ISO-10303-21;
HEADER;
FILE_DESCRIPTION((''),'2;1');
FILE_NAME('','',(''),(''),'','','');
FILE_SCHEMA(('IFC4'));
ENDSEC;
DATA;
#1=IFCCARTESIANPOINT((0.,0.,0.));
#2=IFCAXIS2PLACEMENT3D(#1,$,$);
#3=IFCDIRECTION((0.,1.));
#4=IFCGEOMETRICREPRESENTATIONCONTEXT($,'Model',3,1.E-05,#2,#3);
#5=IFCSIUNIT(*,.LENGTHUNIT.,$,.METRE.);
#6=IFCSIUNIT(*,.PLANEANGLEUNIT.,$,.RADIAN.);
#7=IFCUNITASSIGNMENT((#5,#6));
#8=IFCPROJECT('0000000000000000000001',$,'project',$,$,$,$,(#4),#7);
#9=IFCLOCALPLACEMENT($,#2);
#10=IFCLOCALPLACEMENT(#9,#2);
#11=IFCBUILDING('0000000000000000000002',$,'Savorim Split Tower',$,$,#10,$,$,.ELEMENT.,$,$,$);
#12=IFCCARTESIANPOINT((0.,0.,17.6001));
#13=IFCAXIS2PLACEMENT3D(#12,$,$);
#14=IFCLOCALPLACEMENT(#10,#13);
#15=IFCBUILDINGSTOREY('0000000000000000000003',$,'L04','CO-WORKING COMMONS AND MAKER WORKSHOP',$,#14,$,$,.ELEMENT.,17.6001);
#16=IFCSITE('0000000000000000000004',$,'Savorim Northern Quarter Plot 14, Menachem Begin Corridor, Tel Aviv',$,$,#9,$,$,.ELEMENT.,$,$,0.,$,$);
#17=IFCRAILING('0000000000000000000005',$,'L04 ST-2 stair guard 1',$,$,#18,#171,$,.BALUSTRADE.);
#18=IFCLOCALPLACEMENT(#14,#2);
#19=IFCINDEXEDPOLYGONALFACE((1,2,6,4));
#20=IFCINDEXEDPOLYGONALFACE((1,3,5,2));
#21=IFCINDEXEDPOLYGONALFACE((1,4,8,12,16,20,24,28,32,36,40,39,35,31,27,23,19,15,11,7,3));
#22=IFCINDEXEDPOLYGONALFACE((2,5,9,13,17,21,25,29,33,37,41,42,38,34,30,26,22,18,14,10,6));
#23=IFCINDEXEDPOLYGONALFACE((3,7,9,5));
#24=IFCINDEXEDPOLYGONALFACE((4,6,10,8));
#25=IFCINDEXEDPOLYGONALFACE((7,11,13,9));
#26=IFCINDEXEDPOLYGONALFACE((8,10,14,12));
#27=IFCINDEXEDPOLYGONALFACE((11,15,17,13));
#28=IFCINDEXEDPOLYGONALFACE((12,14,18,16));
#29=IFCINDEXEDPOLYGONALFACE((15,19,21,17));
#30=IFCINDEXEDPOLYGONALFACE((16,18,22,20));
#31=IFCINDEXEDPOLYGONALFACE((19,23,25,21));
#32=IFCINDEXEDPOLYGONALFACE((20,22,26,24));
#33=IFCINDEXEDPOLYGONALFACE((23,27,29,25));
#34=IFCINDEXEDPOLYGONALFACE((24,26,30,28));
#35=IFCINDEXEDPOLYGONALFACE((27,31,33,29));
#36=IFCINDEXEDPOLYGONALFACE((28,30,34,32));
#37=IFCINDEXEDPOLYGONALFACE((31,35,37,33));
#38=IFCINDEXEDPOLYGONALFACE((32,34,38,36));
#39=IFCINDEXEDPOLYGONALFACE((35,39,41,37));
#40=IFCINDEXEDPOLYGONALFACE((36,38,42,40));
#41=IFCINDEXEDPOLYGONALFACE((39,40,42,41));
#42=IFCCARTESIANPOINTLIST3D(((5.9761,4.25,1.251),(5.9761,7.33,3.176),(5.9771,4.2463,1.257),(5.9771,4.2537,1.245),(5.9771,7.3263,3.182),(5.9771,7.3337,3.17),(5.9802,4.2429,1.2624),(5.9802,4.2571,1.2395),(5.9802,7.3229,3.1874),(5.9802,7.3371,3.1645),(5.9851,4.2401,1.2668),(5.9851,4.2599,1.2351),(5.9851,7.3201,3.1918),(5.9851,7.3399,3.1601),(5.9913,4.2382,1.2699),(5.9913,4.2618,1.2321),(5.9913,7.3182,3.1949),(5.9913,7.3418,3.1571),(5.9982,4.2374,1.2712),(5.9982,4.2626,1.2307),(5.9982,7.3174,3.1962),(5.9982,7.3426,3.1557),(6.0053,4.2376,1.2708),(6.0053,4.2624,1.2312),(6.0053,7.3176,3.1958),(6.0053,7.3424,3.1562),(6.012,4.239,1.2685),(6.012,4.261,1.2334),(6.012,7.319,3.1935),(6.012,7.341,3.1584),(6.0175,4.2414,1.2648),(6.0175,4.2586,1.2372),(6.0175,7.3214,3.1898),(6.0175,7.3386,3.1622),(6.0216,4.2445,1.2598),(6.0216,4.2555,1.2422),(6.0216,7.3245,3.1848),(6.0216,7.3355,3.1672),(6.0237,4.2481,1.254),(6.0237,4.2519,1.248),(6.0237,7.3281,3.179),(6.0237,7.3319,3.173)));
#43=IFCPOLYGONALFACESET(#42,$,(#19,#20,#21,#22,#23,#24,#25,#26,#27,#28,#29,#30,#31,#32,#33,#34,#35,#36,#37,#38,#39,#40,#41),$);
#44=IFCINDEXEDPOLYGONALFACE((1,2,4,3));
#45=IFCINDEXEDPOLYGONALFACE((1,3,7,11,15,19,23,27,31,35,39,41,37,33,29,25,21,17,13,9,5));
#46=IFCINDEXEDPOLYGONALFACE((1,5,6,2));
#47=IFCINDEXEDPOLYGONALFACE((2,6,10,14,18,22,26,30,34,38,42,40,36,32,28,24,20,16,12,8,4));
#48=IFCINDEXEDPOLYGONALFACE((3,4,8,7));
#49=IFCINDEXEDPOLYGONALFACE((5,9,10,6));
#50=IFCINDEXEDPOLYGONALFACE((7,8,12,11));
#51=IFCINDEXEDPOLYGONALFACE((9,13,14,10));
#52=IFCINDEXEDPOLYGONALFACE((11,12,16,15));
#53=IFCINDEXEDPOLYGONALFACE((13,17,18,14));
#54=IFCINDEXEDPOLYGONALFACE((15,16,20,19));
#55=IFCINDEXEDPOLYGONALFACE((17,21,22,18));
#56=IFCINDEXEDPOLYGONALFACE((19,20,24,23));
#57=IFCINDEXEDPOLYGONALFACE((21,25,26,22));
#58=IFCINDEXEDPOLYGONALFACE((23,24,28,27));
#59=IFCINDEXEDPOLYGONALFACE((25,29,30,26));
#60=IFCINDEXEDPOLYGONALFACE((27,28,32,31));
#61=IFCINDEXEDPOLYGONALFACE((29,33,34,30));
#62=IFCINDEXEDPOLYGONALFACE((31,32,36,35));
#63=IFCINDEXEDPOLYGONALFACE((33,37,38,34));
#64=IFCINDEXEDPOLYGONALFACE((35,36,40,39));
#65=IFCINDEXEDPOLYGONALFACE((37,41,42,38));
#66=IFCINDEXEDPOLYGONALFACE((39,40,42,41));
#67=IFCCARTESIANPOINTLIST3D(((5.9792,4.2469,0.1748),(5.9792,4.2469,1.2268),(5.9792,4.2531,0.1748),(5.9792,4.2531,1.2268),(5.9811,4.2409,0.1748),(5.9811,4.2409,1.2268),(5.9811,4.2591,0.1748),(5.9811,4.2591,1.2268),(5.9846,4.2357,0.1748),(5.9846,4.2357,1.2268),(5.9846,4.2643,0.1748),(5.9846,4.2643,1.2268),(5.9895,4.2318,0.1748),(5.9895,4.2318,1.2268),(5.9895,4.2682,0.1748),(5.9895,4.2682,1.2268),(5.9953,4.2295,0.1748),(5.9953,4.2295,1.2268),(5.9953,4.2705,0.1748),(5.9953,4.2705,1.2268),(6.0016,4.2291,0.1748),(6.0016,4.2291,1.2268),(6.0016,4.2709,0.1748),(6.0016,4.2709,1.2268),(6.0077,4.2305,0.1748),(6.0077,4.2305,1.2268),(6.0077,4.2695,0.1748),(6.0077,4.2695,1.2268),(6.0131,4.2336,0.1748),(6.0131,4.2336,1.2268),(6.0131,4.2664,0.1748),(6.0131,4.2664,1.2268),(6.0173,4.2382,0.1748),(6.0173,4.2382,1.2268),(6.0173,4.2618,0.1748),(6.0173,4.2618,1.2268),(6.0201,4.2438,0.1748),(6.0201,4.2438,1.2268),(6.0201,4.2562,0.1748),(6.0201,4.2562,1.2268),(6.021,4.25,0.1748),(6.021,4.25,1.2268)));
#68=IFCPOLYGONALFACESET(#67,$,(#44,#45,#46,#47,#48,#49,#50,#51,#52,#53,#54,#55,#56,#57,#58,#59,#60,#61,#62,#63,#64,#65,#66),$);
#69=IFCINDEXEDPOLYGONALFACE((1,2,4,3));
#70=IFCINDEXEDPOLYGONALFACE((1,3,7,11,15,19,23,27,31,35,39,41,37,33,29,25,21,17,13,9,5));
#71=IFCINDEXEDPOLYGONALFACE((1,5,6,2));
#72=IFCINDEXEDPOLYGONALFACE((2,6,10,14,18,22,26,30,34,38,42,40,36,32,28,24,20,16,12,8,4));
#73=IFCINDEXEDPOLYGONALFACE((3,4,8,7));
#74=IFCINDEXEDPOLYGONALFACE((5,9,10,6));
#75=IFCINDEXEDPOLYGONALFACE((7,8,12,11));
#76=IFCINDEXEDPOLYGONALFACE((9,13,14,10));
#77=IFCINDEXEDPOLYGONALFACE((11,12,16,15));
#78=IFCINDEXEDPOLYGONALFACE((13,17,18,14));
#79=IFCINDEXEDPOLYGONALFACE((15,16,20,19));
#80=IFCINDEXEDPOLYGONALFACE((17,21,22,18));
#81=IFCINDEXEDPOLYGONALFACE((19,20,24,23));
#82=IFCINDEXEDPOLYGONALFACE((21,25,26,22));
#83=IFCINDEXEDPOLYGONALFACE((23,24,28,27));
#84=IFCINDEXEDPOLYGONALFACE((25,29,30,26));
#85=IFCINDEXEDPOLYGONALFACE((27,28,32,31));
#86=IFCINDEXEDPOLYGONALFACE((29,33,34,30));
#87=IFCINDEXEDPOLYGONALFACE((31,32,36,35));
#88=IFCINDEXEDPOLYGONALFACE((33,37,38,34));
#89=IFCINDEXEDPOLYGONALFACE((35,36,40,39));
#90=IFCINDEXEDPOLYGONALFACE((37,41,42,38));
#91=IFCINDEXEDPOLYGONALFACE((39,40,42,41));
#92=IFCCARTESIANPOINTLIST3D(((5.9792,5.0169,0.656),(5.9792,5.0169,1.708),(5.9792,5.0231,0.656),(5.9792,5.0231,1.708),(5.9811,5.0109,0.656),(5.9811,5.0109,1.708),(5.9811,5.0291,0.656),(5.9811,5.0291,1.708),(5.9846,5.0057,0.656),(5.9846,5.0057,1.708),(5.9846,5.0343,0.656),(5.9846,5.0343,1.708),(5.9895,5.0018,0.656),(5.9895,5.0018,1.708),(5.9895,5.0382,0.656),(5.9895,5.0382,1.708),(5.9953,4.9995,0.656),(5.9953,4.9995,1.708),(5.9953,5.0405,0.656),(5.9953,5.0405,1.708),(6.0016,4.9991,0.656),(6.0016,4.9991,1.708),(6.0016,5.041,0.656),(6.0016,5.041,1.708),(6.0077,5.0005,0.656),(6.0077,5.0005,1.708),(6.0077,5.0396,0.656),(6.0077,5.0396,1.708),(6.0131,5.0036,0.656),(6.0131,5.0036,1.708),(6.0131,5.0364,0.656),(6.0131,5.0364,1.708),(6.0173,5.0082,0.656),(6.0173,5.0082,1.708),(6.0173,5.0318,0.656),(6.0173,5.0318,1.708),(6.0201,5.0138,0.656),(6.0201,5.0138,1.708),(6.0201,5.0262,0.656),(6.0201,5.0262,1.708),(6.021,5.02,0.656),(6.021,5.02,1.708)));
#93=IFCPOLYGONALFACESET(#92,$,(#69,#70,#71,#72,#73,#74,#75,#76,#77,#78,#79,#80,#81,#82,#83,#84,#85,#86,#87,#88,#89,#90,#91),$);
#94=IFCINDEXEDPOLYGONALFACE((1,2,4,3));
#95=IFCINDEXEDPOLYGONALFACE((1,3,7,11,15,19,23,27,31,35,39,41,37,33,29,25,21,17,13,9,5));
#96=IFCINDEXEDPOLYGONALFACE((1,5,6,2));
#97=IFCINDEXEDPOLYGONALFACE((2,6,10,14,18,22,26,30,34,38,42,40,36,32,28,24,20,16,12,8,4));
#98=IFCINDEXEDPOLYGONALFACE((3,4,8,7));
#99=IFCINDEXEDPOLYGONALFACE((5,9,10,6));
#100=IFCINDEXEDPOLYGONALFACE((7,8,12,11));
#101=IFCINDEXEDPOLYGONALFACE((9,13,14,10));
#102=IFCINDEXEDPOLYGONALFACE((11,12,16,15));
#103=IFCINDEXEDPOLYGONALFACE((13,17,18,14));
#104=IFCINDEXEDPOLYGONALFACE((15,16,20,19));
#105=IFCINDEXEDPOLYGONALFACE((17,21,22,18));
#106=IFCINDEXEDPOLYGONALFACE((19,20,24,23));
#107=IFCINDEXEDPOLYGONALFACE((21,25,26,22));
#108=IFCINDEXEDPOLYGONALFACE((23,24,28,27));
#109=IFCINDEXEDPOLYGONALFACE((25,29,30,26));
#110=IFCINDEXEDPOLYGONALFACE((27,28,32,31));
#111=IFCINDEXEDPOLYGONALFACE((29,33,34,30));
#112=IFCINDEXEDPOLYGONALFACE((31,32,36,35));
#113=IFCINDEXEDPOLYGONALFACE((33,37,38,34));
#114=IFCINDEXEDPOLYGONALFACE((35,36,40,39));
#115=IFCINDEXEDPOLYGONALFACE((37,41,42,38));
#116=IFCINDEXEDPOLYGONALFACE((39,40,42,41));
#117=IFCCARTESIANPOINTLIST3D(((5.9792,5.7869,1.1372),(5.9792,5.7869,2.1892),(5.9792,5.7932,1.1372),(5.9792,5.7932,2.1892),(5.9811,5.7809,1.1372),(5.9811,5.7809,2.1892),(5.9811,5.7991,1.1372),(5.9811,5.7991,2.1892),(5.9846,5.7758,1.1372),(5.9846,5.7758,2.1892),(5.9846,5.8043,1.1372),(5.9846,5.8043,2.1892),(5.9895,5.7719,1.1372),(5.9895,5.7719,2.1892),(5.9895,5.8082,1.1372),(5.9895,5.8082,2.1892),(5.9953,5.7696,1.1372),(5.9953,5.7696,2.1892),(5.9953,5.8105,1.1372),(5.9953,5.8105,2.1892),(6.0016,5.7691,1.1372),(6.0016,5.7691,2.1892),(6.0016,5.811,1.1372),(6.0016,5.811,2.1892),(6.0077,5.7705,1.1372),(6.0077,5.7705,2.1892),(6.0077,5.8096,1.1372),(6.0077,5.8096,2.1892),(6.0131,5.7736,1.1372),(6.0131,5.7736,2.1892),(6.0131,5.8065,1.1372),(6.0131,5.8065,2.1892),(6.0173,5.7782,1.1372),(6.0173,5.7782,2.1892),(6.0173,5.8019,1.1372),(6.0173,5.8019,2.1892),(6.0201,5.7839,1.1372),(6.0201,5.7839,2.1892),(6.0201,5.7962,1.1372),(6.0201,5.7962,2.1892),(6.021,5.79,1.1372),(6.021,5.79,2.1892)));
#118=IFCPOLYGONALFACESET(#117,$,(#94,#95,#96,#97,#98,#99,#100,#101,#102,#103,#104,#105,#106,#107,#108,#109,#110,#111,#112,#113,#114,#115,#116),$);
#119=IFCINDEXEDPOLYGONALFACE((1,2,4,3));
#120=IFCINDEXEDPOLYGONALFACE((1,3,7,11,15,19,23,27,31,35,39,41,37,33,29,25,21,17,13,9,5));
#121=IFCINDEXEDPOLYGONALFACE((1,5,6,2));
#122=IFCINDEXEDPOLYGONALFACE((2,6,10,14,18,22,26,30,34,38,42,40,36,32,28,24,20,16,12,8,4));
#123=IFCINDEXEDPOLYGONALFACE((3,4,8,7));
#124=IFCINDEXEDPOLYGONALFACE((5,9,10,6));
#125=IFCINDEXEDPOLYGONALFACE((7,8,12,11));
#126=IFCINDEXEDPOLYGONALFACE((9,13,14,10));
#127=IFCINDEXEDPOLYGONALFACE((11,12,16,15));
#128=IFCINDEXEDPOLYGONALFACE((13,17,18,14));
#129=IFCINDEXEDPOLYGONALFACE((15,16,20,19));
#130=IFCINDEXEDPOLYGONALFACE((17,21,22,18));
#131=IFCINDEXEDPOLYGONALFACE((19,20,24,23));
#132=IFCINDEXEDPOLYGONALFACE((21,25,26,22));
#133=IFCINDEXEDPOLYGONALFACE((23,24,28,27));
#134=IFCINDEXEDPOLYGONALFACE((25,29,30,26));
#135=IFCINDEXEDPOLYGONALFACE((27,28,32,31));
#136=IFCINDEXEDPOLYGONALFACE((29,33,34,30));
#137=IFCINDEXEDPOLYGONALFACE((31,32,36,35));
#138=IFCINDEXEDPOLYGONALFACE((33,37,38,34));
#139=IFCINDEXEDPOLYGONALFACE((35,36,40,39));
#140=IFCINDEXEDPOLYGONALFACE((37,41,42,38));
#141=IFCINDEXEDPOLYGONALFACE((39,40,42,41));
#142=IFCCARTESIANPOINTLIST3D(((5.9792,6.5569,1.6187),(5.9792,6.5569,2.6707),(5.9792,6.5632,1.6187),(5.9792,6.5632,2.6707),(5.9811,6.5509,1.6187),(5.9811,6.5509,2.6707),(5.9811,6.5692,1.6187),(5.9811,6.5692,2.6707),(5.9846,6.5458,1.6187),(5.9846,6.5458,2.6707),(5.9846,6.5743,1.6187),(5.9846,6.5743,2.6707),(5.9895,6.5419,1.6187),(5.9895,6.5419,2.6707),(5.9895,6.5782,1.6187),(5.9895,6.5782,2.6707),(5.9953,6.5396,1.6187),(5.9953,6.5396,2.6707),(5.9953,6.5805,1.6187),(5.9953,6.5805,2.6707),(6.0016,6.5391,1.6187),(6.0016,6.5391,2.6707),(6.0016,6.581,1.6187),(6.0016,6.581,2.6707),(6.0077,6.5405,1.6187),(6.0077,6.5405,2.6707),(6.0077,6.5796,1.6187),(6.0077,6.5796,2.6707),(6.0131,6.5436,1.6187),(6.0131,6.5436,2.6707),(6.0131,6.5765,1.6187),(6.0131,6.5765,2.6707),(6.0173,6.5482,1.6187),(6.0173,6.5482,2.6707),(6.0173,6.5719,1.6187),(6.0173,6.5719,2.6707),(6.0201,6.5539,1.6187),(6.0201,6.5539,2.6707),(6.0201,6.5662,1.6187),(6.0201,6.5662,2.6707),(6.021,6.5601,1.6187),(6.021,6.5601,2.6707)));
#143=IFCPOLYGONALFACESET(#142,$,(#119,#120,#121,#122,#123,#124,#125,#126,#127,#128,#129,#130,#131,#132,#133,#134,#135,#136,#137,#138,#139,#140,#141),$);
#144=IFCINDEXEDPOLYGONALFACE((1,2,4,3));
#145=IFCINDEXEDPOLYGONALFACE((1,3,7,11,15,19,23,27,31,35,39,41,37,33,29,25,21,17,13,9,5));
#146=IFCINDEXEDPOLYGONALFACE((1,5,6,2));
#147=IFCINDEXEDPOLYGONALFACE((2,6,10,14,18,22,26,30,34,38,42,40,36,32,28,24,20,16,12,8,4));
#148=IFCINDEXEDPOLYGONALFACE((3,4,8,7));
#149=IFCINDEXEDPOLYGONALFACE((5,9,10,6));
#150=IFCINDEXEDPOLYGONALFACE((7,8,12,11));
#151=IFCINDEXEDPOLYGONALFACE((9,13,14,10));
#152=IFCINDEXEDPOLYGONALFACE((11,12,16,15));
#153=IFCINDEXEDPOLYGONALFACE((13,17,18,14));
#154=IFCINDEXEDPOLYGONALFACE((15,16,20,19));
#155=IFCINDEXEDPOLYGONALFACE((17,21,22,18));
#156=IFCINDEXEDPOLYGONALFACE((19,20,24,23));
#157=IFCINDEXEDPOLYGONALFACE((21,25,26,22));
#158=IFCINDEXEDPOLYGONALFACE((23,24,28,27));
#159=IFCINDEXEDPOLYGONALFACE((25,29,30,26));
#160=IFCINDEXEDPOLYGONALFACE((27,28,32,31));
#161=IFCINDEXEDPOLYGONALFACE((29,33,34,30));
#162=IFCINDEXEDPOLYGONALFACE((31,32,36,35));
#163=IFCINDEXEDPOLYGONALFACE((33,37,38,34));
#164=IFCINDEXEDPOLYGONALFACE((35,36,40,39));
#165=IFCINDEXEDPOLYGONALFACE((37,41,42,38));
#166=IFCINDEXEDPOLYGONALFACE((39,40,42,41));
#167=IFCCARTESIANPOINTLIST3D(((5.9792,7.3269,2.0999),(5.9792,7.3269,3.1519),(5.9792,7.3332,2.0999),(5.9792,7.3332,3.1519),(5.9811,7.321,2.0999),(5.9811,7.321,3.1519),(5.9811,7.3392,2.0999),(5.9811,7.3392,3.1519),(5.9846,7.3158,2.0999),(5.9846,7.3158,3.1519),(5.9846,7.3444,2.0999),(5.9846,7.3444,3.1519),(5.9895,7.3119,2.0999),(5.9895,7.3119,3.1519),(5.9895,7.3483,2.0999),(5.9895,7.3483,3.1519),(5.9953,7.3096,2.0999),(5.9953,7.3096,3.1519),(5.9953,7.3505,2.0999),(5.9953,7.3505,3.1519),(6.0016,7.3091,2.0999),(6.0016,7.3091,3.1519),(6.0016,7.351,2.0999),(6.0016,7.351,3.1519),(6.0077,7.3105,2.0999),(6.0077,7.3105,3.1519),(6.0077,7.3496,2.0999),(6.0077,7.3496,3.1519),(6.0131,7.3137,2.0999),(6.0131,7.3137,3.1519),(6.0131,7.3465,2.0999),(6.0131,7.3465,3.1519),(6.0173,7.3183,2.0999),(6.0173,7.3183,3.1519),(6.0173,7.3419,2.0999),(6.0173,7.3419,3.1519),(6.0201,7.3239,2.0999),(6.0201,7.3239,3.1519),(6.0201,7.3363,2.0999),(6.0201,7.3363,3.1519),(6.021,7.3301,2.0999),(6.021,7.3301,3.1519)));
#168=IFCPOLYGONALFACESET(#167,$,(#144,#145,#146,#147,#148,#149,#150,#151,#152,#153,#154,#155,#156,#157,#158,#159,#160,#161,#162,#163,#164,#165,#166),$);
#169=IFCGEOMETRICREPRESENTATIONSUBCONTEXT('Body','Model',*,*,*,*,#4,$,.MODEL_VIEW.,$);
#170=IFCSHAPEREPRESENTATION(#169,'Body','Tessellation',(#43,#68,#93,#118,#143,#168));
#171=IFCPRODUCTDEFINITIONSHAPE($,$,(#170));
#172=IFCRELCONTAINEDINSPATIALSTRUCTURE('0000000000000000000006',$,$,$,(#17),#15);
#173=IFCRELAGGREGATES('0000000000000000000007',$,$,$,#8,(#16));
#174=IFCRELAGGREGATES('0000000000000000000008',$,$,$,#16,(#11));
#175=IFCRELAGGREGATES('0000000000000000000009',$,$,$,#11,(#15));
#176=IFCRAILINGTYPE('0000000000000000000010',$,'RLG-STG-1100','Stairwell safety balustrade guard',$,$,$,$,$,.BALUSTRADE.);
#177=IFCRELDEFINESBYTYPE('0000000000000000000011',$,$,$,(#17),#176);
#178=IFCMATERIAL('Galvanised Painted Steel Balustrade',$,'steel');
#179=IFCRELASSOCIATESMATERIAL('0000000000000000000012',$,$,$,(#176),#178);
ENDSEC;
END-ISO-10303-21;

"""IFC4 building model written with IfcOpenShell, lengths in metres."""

from ifc_helpers import new_model, si_unit, direction, frame, origin, origin_2d, place, context, subcontext, project, spatial, circle, extrude, material, type_object, element, save


model = new_model("IFC4")

# Units and contexts
model_context = context("Model", 3, precision=1e-05, world=origin(), true_north=direction((0.0, 1.0)))
body_context = subcontext(model_context, "Body", "Model", "MODEL_VIEW")
ifc_project = project(units=[si_unit("LENGTHUNIT", "METRE"), si_unit("PLANEANGLEUNIT", "RADIAN")], contexts=[model_context])

# Site, building, storey
site_placement = place(None, origin())
site = spatial("IfcSite", under=ifc_project, at=site_placement, Name="Savorim Northern Quarter Plot 14, Menachem Begin Corridor, Tel Aviv", CompositionType="ELEMENT", RefElevation=0.0)
building_placement = place(site_placement, origin())
building = spatial("IfcBuilding", under=site, at=building_placement, Name="Savorim Split Tower", CompositionType="ELEMENT")
storey_placement = place(building_placement, frame((0.0, 0.0, 17.6001)))
storey = spatial("IfcBuildingStorey", under=building, at=storey_placement, Name="L04", Description="CO-WORKING COMMONS AND MAKER WORKSHOP", CompositionType="ELEMENT", Elevation=17.6001)

# Railing
ifc_material_1 = material(Name="Galvanised Painted Steel Balustrade", Category="steel")
railing_type_1 = type_object("IfcRailingType", Name="RLG-STG-1100", Description="Stairwell safety balustrade guard", PredefinedType="BALUSTRADE", material=ifc_material_1)
railing_1_placement = place(storey_placement, frame((6.0, 4.25, 0.1748)))
element("IfcRailing", 1, at=railing_1_placement, inside=storey, type_object=railing_type_1, Name="L04 ST-2 stair guard 1", PredefinedType="BALUSTRADE", context=body_context, shape_type="SweptSolid", body=[
    extrude(circle(Radius=0.0239, at=origin_2d()), frame((0.0, 0.0, 1.0762), z_axis=(0.0, 0.847998, 0.529999), x_axis=(-1.0, 0.0, 0.0)), (0.0, 0.0, 1.0), 3.6321),
    extrude(circle(Radius=0.021, at=origin_2d()), origin(), (0.0, 0.0, 1.0), 1.052),
    extrude(circle(Radius=0.021, at=origin_2d()), frame((0.0, 0.77, 0.4812)), (0.0, 0.0, 1.0), 1.052),
    extrude(circle(Radius=0.021, at=origin_2d()), frame((0.0, 1.54, 0.9624)), (0.0, 0.0, 1.0), 1.052),
    extrude(circle(Radius=0.021, at=origin_2d()), frame((0.0, 2.3101, 1.4438)), (0.0, 0.0, 1.0), 1.052),
    extrude(circle(Radius=0.021, at=origin_2d()), frame((0.0, 3.0801, 1.925)), (0.0, 0.0, 1.0), 1.052),
])

save(model, "model.ifc")
